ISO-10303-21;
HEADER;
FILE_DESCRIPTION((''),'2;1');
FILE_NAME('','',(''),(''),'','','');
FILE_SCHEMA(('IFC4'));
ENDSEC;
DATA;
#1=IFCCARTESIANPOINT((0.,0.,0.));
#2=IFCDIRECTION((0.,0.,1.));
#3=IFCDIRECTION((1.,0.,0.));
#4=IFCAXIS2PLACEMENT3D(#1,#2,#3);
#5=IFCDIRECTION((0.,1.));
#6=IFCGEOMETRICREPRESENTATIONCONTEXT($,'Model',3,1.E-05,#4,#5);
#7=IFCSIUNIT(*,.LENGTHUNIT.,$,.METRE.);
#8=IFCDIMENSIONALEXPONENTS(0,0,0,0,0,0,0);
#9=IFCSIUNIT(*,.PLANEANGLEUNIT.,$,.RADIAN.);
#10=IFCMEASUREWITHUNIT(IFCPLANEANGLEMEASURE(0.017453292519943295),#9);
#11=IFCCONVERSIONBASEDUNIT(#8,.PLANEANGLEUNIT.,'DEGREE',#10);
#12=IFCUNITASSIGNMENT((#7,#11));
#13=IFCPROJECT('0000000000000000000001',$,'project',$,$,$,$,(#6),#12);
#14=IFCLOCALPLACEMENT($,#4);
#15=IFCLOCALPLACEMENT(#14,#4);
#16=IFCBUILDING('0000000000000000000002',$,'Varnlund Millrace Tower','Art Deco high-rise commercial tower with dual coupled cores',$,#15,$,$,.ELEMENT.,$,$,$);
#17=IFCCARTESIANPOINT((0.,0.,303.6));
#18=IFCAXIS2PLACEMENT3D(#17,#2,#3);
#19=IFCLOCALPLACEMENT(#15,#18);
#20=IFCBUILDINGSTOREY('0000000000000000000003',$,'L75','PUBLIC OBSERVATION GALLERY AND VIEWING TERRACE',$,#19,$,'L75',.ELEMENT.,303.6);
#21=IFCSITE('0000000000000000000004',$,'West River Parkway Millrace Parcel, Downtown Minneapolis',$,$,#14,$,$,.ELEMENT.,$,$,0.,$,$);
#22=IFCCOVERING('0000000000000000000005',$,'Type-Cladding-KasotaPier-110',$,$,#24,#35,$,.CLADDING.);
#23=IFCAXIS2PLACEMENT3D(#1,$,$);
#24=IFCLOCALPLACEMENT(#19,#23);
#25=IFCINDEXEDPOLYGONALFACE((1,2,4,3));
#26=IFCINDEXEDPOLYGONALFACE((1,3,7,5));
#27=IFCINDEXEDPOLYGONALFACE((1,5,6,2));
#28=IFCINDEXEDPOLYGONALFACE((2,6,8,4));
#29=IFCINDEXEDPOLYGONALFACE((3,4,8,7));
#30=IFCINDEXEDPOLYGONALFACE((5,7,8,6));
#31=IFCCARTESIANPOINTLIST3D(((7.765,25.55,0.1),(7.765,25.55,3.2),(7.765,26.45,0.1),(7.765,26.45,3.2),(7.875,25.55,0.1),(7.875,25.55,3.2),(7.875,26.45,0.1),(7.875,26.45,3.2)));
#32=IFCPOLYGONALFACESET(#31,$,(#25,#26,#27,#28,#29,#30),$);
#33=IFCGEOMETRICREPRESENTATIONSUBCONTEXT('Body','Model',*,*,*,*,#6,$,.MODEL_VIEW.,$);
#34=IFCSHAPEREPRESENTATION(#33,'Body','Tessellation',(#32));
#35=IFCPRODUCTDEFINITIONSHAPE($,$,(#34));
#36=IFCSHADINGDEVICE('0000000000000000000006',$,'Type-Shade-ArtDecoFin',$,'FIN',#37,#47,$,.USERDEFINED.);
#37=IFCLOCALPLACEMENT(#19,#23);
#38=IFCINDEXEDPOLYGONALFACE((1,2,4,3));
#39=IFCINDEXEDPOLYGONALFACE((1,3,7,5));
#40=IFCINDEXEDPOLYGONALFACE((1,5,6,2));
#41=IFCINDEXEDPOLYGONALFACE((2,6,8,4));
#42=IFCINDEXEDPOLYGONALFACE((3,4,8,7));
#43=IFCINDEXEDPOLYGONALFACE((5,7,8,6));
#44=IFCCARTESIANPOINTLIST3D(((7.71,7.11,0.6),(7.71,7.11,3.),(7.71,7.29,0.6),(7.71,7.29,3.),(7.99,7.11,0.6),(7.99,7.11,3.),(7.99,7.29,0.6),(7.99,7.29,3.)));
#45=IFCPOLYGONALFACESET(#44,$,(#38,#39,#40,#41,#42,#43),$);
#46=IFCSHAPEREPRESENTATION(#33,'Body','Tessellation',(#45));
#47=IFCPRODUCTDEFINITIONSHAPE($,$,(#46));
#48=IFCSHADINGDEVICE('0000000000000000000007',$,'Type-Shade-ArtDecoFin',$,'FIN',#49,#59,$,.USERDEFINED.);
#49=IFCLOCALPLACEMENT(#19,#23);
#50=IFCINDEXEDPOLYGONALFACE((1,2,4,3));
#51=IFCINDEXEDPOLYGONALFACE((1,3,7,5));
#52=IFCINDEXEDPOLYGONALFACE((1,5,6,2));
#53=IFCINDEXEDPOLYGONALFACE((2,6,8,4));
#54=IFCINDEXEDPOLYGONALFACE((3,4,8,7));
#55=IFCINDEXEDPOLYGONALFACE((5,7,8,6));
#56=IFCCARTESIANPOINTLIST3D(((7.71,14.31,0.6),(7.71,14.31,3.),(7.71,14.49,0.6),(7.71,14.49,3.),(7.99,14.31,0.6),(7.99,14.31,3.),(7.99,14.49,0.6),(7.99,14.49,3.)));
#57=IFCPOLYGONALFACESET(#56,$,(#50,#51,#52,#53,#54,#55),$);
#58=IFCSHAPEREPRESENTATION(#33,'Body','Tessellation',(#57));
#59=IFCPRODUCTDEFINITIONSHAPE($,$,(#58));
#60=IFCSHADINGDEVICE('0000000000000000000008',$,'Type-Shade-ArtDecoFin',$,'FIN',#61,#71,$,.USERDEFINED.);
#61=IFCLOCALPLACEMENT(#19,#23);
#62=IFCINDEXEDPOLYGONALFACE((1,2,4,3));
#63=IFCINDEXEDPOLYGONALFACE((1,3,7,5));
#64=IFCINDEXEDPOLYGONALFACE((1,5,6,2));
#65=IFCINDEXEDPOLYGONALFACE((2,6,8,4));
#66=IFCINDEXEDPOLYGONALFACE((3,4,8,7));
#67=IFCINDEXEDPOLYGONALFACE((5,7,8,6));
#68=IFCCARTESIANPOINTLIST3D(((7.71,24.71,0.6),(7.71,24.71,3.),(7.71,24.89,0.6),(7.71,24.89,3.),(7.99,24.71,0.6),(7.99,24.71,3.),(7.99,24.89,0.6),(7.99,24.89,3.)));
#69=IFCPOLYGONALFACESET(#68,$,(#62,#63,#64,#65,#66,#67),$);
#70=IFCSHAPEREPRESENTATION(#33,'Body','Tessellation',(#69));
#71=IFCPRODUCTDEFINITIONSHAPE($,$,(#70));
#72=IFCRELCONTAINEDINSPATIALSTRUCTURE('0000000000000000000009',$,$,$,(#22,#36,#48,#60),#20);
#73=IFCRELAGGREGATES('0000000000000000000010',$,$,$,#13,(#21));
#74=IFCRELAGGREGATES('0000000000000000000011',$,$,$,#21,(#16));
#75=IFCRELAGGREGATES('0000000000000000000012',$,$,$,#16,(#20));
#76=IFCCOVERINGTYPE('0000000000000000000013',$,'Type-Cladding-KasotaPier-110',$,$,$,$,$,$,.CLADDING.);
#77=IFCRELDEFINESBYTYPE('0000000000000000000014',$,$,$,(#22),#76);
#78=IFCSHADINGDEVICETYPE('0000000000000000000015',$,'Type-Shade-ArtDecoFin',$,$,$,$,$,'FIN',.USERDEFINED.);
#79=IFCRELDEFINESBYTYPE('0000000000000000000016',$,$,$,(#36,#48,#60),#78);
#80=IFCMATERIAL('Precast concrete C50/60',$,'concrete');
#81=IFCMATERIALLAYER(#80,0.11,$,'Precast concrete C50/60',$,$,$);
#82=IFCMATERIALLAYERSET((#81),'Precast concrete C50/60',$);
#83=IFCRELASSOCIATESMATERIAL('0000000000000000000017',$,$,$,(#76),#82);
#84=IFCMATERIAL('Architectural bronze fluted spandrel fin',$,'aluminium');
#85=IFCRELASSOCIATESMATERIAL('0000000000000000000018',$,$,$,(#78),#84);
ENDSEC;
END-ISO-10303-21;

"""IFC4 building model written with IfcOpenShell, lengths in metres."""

from ifc_helpers import new_model, entity, si_unit, converted_unit, direction, frame, origin_with_axes, origin_2d_with_axis, place, context, subcontext, project, spatial, rectangle, extrude, material, layer, layer_set, type_object, element, save


model = new_model("IFC4")

# Units and contexts
model_context = context("Model", 3, precision=1e-05, world=origin_with_axes(), true_north=direction((0.0, 1.0)))
body_context = subcontext(model_context, "Body", "Model", "MODEL_VIEW")
ifc_project = project(units=[si_unit("LENGTHUNIT", "METRE"), converted_unit("PLANEANGLEUNIT", "DEGREE", entity("IfcPlaneAngleMeasure", 0.017453292519943295), si_unit("PLANEANGLEUNIT", "RADIAN"), dimensions=[0, 0, 0, 0, 0, 0, 0])], contexts=[model_context])

# Site, building, storey
site_placement = place(None, origin_with_axes())
site = spatial("IfcSite", under=ifc_project, at=site_placement, Name="West River Parkway Millrace Parcel, Downtown Minneapolis", CompositionType="ELEMENT", RefElevation=0.0)
building_placement = place(site_placement, origin_with_axes())
building = spatial("IfcBuilding", under=site, at=building_placement, Name="Varnlund Millrace Tower", Description="Art Deco high-rise commercial tower with dual coupled cores", CompositionType="ELEMENT")
storey_placement = place(building_placement, frame((0.0, 0.0, 303.6), z_axis=(0.0, 0.0, 1.0), x_axis=(1.0, 0.0, 0.0)))
storey = spatial("IfcBuildingStorey", under=building, at=storey_placement, Name="L75", Description="PUBLIC OBSERVATION GALLERY AND VIEWING TERRACE", LongName="L75", CompositionType="ELEMENT", Elevation=303.6)

# Shared definitions
ifc_material_1 = material(Name="Precast concrete C50/60", Category="concrete")

# Covering
ifc_layer_1 = layer(ifc_material_1, 0.11, Name="Precast concrete C50/60")
ifc_layer_set_1 = layer_set([ifc_layer_1], Name="Precast concrete C50/60")
covering_type = type_object("IfcCoveringType", Name="Type-Cladding-KasotaPier-110", PredefinedType="CLADDING", material=ifc_layer_set_1)
for number, where, z_axis, x_axis, name in (
    (1, (7.82, 26.0, 0.1), (0.0, 0.0, 1.0), (1.0, 0.0, 0.0), "Type-Cladding-KasotaPier-110"),
):
    element("IfcCovering", number, at=place(storey_placement, frame(where, z_axis=z_axis, x_axis=x_axis)), inside=storey, type_object=covering_type, Name=name, PredefinedType="CLADDING", context=body_context, shape_type="SweptSolid", body=[
        extrude(rectangle(XDim=0.11, YDim=0.9, at=origin_2d_with_axis()), origin_with_axes(), (0.0, 0.0, 1.0), 3.1),
    ])

# Shading devices
ifc_material_2 = material(Name="Architectural bronze fluted spandrel fin", Category="aluminium")
shading_device_type = type_object("IfcShadingDeviceType", Name="Type-Shade-ArtDecoFin", ElementType="FIN", PredefinedType="USERDEFINED", material=ifc_material_2)
for number, where, z_axis, x_axis, name in (
    (2, (7.85, 7.2, 0.6), (0.0, 0.0, 1.0), (1.0, 0.0, 0.0), "Type-Shade-ArtDecoFin"),
    (3, (7.85, 14.4, 0.6), (0.0, 0.0, 1.0), (1.0, 0.0, 0.0), "Type-Shade-ArtDecoFin"),
    (4, (7.85, 24.8, 0.6), (0.0, 0.0, 1.0), (1.0, 0.0, 0.0), "Type-Shade-ArtDecoFin"),
):
    element("IfcShadingDevice", number, at=place(storey_placement, frame(where, z_axis=z_axis, x_axis=x_axis)), inside=storey, type_object=shading_device_type, Name=name, ObjectType="FIN", PredefinedType="USERDEFINED", context=body_context, shape_type="SweptSolid", body=[
        extrude(rectangle(XDim=0.28, YDim=0.18, at=origin_2d_with_axis()), origin_with_axes(), (0.0, 0.0, 1.0), 2.4),
    ])

save(model, "model.ifc")
